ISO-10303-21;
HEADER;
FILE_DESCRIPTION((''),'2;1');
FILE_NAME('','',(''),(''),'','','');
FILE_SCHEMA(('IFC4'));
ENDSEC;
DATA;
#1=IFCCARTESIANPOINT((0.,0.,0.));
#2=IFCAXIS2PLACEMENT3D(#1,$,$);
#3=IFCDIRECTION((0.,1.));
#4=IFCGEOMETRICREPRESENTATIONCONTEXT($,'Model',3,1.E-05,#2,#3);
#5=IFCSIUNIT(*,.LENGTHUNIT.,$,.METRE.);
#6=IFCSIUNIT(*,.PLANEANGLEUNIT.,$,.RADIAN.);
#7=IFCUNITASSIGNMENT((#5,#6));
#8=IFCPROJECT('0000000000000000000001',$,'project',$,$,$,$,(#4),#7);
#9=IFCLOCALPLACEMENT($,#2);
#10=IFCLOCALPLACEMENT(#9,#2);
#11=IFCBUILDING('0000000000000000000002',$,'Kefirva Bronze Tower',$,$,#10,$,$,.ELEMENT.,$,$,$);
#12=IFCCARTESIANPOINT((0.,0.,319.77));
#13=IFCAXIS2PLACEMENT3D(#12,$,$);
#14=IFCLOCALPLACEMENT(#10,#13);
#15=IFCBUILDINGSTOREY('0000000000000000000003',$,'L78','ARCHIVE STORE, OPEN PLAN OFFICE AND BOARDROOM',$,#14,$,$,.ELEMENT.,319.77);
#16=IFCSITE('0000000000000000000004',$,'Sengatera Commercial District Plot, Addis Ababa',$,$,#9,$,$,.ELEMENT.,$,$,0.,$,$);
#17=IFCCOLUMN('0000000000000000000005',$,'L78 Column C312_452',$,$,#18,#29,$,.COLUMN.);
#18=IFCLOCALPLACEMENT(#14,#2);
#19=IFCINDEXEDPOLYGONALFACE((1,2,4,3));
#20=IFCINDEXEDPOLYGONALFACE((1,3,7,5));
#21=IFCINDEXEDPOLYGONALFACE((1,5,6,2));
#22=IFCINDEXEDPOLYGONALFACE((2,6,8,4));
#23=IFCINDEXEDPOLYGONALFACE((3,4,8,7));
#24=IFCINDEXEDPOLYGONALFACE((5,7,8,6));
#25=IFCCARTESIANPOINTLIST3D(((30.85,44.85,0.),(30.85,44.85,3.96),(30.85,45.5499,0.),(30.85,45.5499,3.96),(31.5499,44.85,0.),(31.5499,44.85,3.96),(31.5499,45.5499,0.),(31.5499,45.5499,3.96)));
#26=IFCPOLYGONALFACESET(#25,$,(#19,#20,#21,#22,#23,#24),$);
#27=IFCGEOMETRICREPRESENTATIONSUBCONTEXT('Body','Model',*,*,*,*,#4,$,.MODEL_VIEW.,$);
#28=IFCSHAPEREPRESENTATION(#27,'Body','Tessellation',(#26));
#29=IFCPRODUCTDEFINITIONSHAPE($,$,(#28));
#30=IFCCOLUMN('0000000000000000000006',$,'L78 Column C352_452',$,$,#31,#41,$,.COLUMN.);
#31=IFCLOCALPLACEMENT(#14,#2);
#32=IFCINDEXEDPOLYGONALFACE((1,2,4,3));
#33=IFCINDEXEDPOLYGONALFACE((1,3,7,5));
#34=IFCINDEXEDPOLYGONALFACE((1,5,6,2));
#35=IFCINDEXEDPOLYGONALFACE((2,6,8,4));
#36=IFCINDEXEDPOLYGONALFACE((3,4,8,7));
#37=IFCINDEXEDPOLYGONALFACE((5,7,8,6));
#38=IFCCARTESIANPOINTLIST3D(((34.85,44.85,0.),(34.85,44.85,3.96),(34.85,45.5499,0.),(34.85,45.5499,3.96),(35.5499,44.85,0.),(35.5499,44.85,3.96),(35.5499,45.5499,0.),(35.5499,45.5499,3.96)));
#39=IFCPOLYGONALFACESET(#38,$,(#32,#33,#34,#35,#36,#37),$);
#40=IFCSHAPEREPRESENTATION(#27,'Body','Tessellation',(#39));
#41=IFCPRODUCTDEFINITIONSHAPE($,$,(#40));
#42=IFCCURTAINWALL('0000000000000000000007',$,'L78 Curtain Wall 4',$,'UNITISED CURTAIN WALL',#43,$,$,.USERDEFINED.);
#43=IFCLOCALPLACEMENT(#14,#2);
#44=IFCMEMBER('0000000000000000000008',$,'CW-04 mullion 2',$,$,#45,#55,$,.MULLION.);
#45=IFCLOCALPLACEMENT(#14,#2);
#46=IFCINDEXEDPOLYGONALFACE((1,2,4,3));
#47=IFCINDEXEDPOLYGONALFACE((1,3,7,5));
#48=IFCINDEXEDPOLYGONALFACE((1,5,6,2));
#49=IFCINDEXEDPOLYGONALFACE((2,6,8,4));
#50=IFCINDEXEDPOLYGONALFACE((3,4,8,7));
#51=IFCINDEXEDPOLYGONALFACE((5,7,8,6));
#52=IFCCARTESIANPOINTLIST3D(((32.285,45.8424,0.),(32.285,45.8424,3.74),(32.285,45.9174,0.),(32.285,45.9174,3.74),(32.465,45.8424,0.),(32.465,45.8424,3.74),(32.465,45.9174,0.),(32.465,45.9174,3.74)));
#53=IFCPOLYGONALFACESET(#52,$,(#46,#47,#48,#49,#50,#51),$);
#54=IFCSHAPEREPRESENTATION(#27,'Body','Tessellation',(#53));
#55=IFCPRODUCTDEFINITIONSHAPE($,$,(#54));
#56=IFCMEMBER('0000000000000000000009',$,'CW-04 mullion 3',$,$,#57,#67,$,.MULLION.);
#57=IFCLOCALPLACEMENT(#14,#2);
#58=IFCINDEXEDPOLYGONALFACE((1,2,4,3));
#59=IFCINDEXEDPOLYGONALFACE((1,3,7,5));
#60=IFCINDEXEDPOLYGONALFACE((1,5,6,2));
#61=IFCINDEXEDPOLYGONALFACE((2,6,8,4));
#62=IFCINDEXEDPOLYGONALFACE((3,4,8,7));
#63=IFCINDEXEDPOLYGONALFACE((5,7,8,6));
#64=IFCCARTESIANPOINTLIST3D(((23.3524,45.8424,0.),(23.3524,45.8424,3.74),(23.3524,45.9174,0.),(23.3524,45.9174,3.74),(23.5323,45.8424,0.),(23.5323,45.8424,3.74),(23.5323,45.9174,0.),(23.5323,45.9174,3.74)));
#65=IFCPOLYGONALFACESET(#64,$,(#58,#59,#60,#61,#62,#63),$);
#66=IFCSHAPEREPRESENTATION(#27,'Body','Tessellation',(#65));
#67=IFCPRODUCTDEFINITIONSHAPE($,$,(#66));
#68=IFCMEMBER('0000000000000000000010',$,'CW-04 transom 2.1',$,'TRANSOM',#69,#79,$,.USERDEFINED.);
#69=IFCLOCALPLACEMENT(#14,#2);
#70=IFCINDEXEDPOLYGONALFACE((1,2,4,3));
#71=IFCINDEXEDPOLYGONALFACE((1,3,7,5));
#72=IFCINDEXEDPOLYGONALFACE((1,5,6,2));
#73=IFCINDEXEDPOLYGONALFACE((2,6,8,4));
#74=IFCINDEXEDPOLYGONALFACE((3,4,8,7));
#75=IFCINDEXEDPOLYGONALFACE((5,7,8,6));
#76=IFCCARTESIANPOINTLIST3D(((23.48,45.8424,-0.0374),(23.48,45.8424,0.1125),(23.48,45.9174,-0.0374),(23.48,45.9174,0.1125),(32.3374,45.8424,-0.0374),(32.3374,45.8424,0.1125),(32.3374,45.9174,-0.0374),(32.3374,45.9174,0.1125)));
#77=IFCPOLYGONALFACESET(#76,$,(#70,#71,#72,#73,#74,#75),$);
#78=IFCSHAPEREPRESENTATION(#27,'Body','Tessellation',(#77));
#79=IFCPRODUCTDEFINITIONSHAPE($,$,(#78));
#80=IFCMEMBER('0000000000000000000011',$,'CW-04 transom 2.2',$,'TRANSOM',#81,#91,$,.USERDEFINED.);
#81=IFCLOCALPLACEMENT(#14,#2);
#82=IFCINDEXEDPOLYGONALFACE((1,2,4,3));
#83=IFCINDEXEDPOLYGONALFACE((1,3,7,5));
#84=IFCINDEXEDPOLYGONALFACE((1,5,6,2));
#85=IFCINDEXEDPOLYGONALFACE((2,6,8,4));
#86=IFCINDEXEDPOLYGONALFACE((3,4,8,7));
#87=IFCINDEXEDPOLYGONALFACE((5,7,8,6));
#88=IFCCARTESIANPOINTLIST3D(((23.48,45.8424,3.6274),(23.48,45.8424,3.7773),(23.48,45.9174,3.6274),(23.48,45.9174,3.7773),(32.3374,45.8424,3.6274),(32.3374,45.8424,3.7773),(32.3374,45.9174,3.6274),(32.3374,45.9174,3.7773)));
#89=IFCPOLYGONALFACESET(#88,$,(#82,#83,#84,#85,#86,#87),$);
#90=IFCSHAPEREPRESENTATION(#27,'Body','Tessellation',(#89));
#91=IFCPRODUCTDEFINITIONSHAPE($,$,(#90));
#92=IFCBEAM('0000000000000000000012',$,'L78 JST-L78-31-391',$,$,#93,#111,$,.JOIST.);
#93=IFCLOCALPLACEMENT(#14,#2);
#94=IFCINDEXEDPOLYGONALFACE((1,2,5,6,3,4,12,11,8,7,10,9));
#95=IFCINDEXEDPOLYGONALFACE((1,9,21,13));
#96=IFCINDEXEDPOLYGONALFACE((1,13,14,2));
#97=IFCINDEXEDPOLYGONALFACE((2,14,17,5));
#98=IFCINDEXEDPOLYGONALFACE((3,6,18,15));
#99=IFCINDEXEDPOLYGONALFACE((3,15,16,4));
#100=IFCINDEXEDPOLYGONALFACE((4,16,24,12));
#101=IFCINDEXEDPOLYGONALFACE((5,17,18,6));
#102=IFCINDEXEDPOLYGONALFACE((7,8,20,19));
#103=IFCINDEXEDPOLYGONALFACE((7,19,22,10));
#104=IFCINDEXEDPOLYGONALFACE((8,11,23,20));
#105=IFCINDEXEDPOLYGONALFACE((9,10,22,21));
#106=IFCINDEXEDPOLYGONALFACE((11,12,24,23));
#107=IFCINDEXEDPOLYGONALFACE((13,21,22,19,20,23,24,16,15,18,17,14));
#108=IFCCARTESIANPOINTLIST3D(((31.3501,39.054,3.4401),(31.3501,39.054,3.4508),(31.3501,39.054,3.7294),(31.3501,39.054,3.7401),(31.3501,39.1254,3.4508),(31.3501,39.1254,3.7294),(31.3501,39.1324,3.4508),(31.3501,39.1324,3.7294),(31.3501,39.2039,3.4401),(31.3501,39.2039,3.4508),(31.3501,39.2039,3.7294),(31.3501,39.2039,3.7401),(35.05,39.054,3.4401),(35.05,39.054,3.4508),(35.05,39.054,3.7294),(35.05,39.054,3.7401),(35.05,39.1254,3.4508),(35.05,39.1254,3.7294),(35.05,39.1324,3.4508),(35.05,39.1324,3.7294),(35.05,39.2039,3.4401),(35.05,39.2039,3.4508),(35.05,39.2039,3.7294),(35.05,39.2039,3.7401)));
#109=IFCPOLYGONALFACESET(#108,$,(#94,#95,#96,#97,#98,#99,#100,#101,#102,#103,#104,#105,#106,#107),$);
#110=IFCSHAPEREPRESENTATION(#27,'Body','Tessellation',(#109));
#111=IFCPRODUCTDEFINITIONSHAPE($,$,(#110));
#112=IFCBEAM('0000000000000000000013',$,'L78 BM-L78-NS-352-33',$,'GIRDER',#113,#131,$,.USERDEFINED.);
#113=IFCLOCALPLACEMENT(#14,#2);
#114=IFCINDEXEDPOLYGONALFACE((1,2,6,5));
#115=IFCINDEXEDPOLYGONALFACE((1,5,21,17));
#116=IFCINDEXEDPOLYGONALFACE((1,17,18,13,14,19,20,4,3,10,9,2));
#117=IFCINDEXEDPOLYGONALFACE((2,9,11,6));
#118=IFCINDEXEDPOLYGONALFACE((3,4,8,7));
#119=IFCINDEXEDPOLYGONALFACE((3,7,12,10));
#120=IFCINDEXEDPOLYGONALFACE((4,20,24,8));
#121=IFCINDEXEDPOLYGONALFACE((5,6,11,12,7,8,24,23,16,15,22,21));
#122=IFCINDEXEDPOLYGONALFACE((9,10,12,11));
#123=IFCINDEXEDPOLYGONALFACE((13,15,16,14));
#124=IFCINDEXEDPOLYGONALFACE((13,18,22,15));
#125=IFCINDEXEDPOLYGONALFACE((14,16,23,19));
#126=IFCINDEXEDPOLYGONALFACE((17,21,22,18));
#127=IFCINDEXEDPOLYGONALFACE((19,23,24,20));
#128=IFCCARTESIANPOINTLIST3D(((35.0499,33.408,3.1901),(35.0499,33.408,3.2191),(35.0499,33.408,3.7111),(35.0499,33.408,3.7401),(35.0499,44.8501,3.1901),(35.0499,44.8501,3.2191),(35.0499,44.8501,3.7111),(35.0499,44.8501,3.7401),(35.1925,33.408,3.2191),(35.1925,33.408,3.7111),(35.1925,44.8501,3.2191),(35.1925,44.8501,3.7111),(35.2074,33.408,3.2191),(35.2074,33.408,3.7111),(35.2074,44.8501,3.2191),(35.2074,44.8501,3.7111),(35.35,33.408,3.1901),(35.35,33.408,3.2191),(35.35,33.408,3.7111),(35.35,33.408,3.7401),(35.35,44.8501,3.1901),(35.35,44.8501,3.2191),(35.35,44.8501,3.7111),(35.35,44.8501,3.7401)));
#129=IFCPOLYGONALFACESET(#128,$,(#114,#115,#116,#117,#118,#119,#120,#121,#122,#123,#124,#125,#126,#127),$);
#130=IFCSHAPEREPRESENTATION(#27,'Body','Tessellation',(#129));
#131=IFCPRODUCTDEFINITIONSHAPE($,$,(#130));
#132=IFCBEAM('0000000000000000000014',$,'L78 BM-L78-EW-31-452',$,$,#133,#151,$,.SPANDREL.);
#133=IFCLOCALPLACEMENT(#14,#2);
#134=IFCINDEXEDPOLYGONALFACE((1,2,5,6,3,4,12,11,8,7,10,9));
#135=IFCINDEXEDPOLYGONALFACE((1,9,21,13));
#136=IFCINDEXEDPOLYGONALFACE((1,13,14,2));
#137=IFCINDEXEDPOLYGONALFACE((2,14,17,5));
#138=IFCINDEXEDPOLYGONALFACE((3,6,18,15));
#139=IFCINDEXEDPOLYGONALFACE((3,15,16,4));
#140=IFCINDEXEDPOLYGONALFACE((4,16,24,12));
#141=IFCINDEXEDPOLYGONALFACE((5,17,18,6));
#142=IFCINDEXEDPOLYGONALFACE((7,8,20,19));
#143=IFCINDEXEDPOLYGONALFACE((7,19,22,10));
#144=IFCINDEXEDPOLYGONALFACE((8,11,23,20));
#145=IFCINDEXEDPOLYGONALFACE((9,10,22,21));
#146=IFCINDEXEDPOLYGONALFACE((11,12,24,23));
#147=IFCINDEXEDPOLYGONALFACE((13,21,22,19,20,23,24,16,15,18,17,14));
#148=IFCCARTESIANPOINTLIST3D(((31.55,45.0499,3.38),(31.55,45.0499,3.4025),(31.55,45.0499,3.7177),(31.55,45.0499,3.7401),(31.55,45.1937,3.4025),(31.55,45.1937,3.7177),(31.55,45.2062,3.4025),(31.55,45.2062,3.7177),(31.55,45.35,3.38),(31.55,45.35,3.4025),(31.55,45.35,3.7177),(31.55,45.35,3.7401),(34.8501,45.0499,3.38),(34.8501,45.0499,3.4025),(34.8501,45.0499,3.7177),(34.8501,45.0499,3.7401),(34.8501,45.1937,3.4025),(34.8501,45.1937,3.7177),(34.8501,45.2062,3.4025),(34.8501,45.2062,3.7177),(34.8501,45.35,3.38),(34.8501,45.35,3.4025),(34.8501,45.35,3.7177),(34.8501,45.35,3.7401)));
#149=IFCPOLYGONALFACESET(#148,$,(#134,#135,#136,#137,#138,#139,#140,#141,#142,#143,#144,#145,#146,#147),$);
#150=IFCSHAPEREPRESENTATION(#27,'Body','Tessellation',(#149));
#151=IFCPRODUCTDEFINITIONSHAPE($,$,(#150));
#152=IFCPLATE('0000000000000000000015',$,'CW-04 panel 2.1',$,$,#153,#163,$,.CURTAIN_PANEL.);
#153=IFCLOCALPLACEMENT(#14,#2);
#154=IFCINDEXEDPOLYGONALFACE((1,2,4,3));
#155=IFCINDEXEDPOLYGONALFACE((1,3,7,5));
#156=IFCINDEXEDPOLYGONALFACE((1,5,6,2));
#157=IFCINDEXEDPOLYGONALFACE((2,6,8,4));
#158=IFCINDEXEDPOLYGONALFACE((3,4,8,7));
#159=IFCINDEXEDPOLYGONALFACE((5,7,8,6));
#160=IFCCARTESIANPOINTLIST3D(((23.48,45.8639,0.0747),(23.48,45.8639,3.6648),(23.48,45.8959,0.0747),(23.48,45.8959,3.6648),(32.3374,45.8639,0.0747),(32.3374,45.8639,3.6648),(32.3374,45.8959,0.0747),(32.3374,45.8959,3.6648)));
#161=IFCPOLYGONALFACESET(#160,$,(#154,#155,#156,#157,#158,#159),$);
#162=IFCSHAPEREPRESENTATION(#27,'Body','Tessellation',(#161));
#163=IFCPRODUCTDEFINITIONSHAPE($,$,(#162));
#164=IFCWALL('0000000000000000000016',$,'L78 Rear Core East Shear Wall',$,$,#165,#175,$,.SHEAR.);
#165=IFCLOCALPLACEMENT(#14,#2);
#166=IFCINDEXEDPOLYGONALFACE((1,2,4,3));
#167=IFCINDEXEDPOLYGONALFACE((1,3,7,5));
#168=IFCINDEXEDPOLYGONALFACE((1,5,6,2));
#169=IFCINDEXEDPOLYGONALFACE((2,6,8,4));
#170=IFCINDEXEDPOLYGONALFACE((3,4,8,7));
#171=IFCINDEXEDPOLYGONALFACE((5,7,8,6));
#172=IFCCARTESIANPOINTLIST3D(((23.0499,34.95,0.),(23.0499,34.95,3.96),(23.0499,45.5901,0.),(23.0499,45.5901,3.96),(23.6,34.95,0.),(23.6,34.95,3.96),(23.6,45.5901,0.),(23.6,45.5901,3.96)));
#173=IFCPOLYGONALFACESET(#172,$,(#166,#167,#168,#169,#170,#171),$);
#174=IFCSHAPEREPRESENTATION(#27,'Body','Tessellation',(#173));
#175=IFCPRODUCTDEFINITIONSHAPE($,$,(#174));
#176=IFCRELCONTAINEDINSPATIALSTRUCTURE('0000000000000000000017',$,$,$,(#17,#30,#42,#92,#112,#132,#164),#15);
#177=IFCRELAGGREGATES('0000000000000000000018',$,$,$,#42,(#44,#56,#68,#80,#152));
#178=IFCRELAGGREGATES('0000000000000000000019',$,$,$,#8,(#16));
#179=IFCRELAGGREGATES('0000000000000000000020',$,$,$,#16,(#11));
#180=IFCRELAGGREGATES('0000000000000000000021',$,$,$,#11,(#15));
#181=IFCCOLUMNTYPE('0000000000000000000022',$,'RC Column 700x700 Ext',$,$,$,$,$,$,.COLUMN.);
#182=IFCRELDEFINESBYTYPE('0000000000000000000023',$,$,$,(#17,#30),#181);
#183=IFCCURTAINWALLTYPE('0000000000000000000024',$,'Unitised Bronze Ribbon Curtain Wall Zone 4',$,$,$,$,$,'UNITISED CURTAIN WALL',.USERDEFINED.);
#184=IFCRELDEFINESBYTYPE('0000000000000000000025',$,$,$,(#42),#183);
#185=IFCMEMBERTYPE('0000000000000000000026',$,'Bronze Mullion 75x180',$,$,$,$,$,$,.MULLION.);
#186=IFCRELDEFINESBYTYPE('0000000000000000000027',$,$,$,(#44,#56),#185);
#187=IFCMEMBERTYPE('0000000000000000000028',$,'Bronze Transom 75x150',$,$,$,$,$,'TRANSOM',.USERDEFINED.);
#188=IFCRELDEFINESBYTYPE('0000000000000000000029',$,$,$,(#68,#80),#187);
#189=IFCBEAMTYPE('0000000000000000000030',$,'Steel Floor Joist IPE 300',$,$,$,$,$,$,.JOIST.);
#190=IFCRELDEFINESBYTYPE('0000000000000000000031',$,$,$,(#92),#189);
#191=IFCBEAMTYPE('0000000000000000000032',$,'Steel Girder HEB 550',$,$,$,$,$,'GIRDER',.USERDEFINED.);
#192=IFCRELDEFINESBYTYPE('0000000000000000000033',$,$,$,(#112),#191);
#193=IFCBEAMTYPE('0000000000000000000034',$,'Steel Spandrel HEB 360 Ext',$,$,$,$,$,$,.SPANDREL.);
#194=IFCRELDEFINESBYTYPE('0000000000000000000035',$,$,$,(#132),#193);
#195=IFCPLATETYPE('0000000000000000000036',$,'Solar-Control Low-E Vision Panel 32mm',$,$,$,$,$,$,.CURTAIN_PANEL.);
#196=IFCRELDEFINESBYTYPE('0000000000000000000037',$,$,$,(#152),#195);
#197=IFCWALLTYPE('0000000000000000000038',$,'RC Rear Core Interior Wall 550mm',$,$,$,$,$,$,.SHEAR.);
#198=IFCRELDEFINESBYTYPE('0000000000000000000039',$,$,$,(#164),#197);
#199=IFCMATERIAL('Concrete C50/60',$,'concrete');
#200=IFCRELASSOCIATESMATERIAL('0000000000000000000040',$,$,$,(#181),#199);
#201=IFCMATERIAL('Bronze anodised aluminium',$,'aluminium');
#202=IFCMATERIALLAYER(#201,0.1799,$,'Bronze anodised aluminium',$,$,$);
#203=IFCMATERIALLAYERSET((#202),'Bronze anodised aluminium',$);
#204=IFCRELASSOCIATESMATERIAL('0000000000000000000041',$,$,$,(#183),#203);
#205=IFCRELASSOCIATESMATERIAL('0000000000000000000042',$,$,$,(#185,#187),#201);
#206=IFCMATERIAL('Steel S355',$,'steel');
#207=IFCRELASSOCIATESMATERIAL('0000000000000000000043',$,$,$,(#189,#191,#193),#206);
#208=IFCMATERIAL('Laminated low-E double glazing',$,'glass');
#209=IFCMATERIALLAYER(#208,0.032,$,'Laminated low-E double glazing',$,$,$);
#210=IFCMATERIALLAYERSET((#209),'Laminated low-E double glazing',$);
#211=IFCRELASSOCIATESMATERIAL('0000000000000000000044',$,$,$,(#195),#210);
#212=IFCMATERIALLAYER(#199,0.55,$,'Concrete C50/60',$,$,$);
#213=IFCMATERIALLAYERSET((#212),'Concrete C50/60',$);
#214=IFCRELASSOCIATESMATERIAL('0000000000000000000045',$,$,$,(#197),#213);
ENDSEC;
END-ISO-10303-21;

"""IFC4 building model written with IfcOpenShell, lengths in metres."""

from ifc_helpers import new_model, si_unit, direction, frame, frame_2d, origin, origin_2d, place, context, subcontext, project, spatial, rectangle, i_section, extrude, material, layer, layer_set, material_profile, profile_set, type_object, element, aggregate, save


model = new_model("IFC4")

# Units and contexts
model_context = context("Model", 3, precision=1e-05, world=origin(), true_north=direction((0.0, 1.0)))
body_context = subcontext(model_context, "Body", "Model", "MODEL_VIEW")
ifc_project = project(units=[si_unit("LENGTHUNIT", "METRE"), si_unit("PLANEANGLEUNIT", "RADIAN")], contexts=[model_context])

# Site, building, storey
site_placement = place(None, origin())
site = spatial("IfcSite", under=ifc_project, at=site_placement, Name="Sengatera Commercial District Plot, Addis Ababa", CompositionType="ELEMENT", RefElevation=0.0)
building_placement = place(site_placement, origin())
building = spatial("IfcBuilding", under=site, at=building_placement, Name="Kefirva Bronze Tower", CompositionType="ELEMENT")
storey_placement = place(building_placement, frame((0.0, 0.0, 319.77)))
storey = spatial("IfcBuildingStorey", under=building, at=storey_placement, Name="L78", Description="ARCHIVE STORE, OPEN PLAN OFFICE AND BOARDROOM", CompositionType="ELEMENT", Elevation=319.77)

# Columns
ifc_material_1 = material(Name="Concrete C50/60", Category="concrete")
ifc_material_profile_1 = material_profile(ifc_material_1, rectangle(XDim=0.7, YDim=0.7, at=origin_2d()), Name="RC 700x700")
ifc_profile_set_1 = profile_set([ifc_material_profile_1], Name="Concrete C50/60")
column_type = type_object("IfcColumnType", Name="RC Column 700x700 Ext", PredefinedType="COLUMN", material=ifc_profile_set_1)
for number, where, z_axis, x_axis, name in (
    (1, (31.2, 45.2, 0.0), (0.0, 0.0, 1.0), (1.0, 0.0, 0.0), "L78 Column C312_452"),
    (2, (35.2, 45.2, 0.0), (0.0, 0.0, 1.0), (1.0, 0.0, 0.0), "L78 Column C352_452"),
):
    element("IfcColumn", number, at=place(storey_placement, frame(where, z_axis=z_axis, x_axis=x_axis)), inside=storey, type_object=column_type, Name=name, PredefinedType="COLUMN", context=body_context, shape_type="SweptSolid", body=[
        extrude(rectangle(XDim=0.7, YDim=0.7, at=origin_2d()), origin(), (0.0, 0.0, 1.0), 3.96),
    ])

# Curtain wall, members
ifc_material_2 = material(Name="Bronze anodised aluminium", Category="aluminium")
ifc_layer_1 = layer(ifc_material_2, 0.1799, Name="Bronze anodised aluminium")
ifc_layer_set_1 = layer_set([ifc_layer_1], Name="Bronze anodised aluminium")
curtain_wall_type = type_object("IfcCurtainWallType", Name="Unitised Bronze Ribbon Curtain Wall Zone 4", ElementType="UNITISED CURTAIN WALL", PredefinedType="USERDEFINED", material=ifc_layer_set_1)
curtain_wall_placement = place(storey_placement, origin())
curtain_wall = element("IfcCurtainWall", 3, at=curtain_wall_placement, inside=storey, type_object=curtain_wall_type, Name="L78 Curtain Wall 4", ObjectType="UNITISED CURTAIN WALL", PredefinedType="USERDEFINED")
ifc_material_profile_2 = material_profile(ifc_material_2, rectangle(XDim=0.075, YDim=0.1799, at=origin_2d()), Name="ALU 75x180")
ifc_profile_set_2 = profile_set([ifc_material_profile_2], Name="Bronze anodised aluminium")
member_type_1 = type_object("IfcMemberType", Name="Bronze Mullion 75x180", PredefinedType="MULLION", material=ifc_profile_set_2)
member_1_placement = place(storey_placement, frame((32.375, 45.8799, 0.0), z_axis=(0.0, 0.0, 1.0), x_axis=(0.0, -1.0, 0.0)))
member_1 = element("IfcMember", 4, at=member_1_placement, type_object=member_type_1, Name="CW-04 mullion 2", PredefinedType="MULLION", context=body_context, shape_type="SweptSolid", body=[
    extrude(rectangle(XDim=0.075, YDim=0.1799, at=origin_2d()), origin(), (0.0, 0.0, 1.0), 3.74),
])
member_2_placement = place(storey_placement, frame((23.4424, 45.8799, 0.0), z_axis=(0.0, 0.0, 1.0), x_axis=(0.0, -1.0, 0.0)))
member_2 = element("IfcMember", 5, at=member_2_placement, type_object=member_type_1, Name="CW-04 mullion 3", PredefinedType="MULLION", context=body_context, shape_type="SweptSolid", body=[
    extrude(rectangle(XDim=0.075, YDim=0.1799, at=origin_2d()), origin(), (0.0, 0.0, 1.0), 3.74),
])
ifc_material_profile_3 = material_profile(ifc_material_2, rectangle(XDim=0.075, YDim=0.1499, at=origin_2d()), Name="ALU 75x150")
ifc_profile_set_3 = profile_set([ifc_material_profile_3], Name="Bronze anodised aluminium")
member_type_2 = type_object("IfcMemberType", Name="Bronze Transom 75x150", ElementType="TRANSOM", PredefinedType="USERDEFINED", material=ifc_profile_set_3)
member_3_placement = place(storey_placement, frame((32.3374, 45.8799, 0.0376), z_axis=(-1.0, 0.0, 0.0), x_axis=(0.0, -1.0, 0.0)))
member_3 = element("IfcMember", 6, at=member_3_placement, type_object=member_type_2, Name="CW-04 transom 2.1", ObjectType="TRANSOM", PredefinedType="USERDEFINED", context=body_context, shape_type="SweptSolid", body=[
    extrude(rectangle(XDim=0.075, YDim=0.1499, at=origin_2d()), origin(), (0.0, 0.0, 1.0), 8.8574),
])
member_4_placement = place(storey_placement, frame((32.3374, 45.8799, 3.7024), z_axis=(-1.0, 0.0, 0.0), x_axis=(0.0, -1.0, 0.0)))
member_4 = element("IfcMember", 7, at=member_4_placement, type_object=member_type_2, Name="CW-04 transom 2.2", ObjectType="TRANSOM", PredefinedType="USERDEFINED", context=body_context, shape_type="SweptSolid", body=[
    extrude(rectangle(XDim=0.075, YDim=0.1499, at=origin_2d()), origin(), (0.0, 0.0, 1.0), 8.8574),
])

# Beams
ifc_material_3 = material(Name="Steel S355", Category="steel")
ifc_material_profile_4 = material_profile(ifc_material_3, i_section(OverallWidth=0.1499, OverallDepth=0.3, WebThickness=0.0071, FlangeThickness=0.0107, at=origin_2d()), Name="IPE 300")
ifc_profile_set_4 = profile_set([ifc_material_profile_4], Name="Steel S355")
beam_type_1 = type_object("IfcBeamType", Name="Steel Floor Joist IPE 300", PredefinedType="JOIST", material=ifc_profile_set_4)
beam_1_placement = place(storey_placement, frame((31.3501, 39.1289, 3.5901), z_axis=(1.0, 0.0, 0.0), x_axis=(0.0, 1.0, 0.0)))
element("IfcBeam", 8, at=beam_1_placement, inside=storey, type_object=beam_type_1, Name="L78 JST-L78-31-391", PredefinedType="JOIST", context=body_context, shape_type="SweptSolid", body=[
    extrude(i_section(OverallWidth=0.1499, OverallDepth=0.3, WebThickness=0.0071, FlangeThickness=0.0107, at=origin_2d()), origin(), (0.0, 0.0, 1.0), 3.7),
])
ifc_material_profile_5 = material_profile(ifc_material_3, i_section(OverallWidth=0.3, OverallDepth=0.55, WebThickness=0.0149, FlangeThickness=0.0291, at=origin_2d()), Name="HEB 550")
ifc_profile_set_5 = profile_set([ifc_material_profile_5], Name="Steel S355")
beam_type_2 = type_object("IfcBeamType", Name="Steel Girder HEB 550", ElementType="GIRDER", PredefinedType="USERDEFINED", material=ifc_profile_set_5)
beam_2_placement = place(storey_placement, frame((35.2, 33.408, 3.4651), z_axis=(0.0, 1.0, 0.0), x_axis=(-1.0, 0.0, 0.0)))
element("IfcBeam", 9, at=beam_2_placement, inside=storey, type_object=beam_type_2, Name="L78 BM-L78-NS-352-33", ObjectType="GIRDER", PredefinedType="USERDEFINED", context=body_context, shape_type="SweptSolid", body=[
    extrude(i_section(OverallWidth=0.3, OverallDepth=0.55, WebThickness=0.0149, FlangeThickness=0.0291, at=origin_2d()), origin(), (0.0, 0.0, 1.0), 11.4421),
])
ifc_material_profile_6 = material_profile(ifc_material_3, i_section(OverallWidth=0.3, OverallDepth=0.3601, WebThickness=0.0125, FlangeThickness=0.0225, at=origin_2d()), Name="HEB 360")
ifc_profile_set_6 = profile_set([ifc_material_profile_6], Name="Steel S355")
beam_type_3 = type_object("IfcBeamType", Name="Steel Spandrel HEB 360 Ext", PredefinedType="SPANDREL", material=ifc_profile_set_6)
beam_3_placement = place(storey_placement, frame((31.55, 45.2, 3.5601), z_axis=(1.0, 0.0, 0.0), x_axis=(0.0, 1.0, 0.0)))
element("IfcBeam", 10, at=beam_3_placement, inside=storey, type_object=beam_type_3, Name="L78 BM-L78-EW-31-452", PredefinedType="SPANDREL", context=body_context, shape_type="SweptSolid", body=[
    extrude(i_section(OverallWidth=0.3, OverallDepth=0.3601, WebThickness=0.0125, FlangeThickness=0.0225, at=origin_2d()), origin(), (0.0, 0.0, 1.0), 3.3),
])

# Plate
ifc_material_4 = material(Name="Laminated low-E double glazing", Category="glass")
ifc_layer_2 = layer(ifc_material_4, 0.032, Name="Laminated low-E double glazing")
ifc_layer_set_2 = layer_set([ifc_layer_2], Name="Laminated low-E double glazing")
plate_type = type_object("IfcPlateType", Name="Solar-Control Low-E Vision Panel 32mm", PredefinedType="CURTAIN_PANEL", material=ifc_layer_set_2)
plate_placement = place(storey_placement, frame((27.9087, 45.8799, 0.0747), z_axis=(0.0, 0.0, 1.0), x_axis=(-1.0, 0.0, 0.0)))
plate = element("IfcPlate", 11, at=plate_placement, type_object=plate_type, Name="CW-04 panel 2.1", PredefinedType="CURTAIN_PANEL", context=body_context, shape_type="SweptSolid", body=[
    extrude(rectangle(XDim=8.8574, YDim=0.032, at=origin_2d()), origin(), (0.0, 0.0, 1.0), 3.5901),
])
aggregate(curtain_wall, [member_1, member_2, member_3, member_4, plate])

# Wall
ifc_layer_3 = layer(ifc_material_1, 0.55, Name="Concrete C50/60")
ifc_layer_set_3 = layer_set([ifc_layer_3], Name="Concrete C50/60")
wall_type = type_object("IfcWallType", Name="RC Rear Core Interior Wall 550mm", PredefinedType="SHEAR", material=ifc_layer_set_3)
wall_placement = place(storey_placement, frame((23.325, 34.95, 0.0), z_axis=(0.0, 0.0, 1.0), x_axis=(0.0, 1.0, 0.0)))
element("IfcWall", 12, at=wall_placement, inside=storey, type_object=wall_type, Name="L78 Rear Core East Shear Wall", PredefinedType="SHEAR", context=body_context, shape_type="SweptSolid", body=[
    extrude(rectangle(XDim=10.6401, YDim=0.55, at=frame_2d((5.3201, 0.0))), origin(), (0.0, 0.0, 1.0), 3.96),
])

save(model, "model.ifc")
